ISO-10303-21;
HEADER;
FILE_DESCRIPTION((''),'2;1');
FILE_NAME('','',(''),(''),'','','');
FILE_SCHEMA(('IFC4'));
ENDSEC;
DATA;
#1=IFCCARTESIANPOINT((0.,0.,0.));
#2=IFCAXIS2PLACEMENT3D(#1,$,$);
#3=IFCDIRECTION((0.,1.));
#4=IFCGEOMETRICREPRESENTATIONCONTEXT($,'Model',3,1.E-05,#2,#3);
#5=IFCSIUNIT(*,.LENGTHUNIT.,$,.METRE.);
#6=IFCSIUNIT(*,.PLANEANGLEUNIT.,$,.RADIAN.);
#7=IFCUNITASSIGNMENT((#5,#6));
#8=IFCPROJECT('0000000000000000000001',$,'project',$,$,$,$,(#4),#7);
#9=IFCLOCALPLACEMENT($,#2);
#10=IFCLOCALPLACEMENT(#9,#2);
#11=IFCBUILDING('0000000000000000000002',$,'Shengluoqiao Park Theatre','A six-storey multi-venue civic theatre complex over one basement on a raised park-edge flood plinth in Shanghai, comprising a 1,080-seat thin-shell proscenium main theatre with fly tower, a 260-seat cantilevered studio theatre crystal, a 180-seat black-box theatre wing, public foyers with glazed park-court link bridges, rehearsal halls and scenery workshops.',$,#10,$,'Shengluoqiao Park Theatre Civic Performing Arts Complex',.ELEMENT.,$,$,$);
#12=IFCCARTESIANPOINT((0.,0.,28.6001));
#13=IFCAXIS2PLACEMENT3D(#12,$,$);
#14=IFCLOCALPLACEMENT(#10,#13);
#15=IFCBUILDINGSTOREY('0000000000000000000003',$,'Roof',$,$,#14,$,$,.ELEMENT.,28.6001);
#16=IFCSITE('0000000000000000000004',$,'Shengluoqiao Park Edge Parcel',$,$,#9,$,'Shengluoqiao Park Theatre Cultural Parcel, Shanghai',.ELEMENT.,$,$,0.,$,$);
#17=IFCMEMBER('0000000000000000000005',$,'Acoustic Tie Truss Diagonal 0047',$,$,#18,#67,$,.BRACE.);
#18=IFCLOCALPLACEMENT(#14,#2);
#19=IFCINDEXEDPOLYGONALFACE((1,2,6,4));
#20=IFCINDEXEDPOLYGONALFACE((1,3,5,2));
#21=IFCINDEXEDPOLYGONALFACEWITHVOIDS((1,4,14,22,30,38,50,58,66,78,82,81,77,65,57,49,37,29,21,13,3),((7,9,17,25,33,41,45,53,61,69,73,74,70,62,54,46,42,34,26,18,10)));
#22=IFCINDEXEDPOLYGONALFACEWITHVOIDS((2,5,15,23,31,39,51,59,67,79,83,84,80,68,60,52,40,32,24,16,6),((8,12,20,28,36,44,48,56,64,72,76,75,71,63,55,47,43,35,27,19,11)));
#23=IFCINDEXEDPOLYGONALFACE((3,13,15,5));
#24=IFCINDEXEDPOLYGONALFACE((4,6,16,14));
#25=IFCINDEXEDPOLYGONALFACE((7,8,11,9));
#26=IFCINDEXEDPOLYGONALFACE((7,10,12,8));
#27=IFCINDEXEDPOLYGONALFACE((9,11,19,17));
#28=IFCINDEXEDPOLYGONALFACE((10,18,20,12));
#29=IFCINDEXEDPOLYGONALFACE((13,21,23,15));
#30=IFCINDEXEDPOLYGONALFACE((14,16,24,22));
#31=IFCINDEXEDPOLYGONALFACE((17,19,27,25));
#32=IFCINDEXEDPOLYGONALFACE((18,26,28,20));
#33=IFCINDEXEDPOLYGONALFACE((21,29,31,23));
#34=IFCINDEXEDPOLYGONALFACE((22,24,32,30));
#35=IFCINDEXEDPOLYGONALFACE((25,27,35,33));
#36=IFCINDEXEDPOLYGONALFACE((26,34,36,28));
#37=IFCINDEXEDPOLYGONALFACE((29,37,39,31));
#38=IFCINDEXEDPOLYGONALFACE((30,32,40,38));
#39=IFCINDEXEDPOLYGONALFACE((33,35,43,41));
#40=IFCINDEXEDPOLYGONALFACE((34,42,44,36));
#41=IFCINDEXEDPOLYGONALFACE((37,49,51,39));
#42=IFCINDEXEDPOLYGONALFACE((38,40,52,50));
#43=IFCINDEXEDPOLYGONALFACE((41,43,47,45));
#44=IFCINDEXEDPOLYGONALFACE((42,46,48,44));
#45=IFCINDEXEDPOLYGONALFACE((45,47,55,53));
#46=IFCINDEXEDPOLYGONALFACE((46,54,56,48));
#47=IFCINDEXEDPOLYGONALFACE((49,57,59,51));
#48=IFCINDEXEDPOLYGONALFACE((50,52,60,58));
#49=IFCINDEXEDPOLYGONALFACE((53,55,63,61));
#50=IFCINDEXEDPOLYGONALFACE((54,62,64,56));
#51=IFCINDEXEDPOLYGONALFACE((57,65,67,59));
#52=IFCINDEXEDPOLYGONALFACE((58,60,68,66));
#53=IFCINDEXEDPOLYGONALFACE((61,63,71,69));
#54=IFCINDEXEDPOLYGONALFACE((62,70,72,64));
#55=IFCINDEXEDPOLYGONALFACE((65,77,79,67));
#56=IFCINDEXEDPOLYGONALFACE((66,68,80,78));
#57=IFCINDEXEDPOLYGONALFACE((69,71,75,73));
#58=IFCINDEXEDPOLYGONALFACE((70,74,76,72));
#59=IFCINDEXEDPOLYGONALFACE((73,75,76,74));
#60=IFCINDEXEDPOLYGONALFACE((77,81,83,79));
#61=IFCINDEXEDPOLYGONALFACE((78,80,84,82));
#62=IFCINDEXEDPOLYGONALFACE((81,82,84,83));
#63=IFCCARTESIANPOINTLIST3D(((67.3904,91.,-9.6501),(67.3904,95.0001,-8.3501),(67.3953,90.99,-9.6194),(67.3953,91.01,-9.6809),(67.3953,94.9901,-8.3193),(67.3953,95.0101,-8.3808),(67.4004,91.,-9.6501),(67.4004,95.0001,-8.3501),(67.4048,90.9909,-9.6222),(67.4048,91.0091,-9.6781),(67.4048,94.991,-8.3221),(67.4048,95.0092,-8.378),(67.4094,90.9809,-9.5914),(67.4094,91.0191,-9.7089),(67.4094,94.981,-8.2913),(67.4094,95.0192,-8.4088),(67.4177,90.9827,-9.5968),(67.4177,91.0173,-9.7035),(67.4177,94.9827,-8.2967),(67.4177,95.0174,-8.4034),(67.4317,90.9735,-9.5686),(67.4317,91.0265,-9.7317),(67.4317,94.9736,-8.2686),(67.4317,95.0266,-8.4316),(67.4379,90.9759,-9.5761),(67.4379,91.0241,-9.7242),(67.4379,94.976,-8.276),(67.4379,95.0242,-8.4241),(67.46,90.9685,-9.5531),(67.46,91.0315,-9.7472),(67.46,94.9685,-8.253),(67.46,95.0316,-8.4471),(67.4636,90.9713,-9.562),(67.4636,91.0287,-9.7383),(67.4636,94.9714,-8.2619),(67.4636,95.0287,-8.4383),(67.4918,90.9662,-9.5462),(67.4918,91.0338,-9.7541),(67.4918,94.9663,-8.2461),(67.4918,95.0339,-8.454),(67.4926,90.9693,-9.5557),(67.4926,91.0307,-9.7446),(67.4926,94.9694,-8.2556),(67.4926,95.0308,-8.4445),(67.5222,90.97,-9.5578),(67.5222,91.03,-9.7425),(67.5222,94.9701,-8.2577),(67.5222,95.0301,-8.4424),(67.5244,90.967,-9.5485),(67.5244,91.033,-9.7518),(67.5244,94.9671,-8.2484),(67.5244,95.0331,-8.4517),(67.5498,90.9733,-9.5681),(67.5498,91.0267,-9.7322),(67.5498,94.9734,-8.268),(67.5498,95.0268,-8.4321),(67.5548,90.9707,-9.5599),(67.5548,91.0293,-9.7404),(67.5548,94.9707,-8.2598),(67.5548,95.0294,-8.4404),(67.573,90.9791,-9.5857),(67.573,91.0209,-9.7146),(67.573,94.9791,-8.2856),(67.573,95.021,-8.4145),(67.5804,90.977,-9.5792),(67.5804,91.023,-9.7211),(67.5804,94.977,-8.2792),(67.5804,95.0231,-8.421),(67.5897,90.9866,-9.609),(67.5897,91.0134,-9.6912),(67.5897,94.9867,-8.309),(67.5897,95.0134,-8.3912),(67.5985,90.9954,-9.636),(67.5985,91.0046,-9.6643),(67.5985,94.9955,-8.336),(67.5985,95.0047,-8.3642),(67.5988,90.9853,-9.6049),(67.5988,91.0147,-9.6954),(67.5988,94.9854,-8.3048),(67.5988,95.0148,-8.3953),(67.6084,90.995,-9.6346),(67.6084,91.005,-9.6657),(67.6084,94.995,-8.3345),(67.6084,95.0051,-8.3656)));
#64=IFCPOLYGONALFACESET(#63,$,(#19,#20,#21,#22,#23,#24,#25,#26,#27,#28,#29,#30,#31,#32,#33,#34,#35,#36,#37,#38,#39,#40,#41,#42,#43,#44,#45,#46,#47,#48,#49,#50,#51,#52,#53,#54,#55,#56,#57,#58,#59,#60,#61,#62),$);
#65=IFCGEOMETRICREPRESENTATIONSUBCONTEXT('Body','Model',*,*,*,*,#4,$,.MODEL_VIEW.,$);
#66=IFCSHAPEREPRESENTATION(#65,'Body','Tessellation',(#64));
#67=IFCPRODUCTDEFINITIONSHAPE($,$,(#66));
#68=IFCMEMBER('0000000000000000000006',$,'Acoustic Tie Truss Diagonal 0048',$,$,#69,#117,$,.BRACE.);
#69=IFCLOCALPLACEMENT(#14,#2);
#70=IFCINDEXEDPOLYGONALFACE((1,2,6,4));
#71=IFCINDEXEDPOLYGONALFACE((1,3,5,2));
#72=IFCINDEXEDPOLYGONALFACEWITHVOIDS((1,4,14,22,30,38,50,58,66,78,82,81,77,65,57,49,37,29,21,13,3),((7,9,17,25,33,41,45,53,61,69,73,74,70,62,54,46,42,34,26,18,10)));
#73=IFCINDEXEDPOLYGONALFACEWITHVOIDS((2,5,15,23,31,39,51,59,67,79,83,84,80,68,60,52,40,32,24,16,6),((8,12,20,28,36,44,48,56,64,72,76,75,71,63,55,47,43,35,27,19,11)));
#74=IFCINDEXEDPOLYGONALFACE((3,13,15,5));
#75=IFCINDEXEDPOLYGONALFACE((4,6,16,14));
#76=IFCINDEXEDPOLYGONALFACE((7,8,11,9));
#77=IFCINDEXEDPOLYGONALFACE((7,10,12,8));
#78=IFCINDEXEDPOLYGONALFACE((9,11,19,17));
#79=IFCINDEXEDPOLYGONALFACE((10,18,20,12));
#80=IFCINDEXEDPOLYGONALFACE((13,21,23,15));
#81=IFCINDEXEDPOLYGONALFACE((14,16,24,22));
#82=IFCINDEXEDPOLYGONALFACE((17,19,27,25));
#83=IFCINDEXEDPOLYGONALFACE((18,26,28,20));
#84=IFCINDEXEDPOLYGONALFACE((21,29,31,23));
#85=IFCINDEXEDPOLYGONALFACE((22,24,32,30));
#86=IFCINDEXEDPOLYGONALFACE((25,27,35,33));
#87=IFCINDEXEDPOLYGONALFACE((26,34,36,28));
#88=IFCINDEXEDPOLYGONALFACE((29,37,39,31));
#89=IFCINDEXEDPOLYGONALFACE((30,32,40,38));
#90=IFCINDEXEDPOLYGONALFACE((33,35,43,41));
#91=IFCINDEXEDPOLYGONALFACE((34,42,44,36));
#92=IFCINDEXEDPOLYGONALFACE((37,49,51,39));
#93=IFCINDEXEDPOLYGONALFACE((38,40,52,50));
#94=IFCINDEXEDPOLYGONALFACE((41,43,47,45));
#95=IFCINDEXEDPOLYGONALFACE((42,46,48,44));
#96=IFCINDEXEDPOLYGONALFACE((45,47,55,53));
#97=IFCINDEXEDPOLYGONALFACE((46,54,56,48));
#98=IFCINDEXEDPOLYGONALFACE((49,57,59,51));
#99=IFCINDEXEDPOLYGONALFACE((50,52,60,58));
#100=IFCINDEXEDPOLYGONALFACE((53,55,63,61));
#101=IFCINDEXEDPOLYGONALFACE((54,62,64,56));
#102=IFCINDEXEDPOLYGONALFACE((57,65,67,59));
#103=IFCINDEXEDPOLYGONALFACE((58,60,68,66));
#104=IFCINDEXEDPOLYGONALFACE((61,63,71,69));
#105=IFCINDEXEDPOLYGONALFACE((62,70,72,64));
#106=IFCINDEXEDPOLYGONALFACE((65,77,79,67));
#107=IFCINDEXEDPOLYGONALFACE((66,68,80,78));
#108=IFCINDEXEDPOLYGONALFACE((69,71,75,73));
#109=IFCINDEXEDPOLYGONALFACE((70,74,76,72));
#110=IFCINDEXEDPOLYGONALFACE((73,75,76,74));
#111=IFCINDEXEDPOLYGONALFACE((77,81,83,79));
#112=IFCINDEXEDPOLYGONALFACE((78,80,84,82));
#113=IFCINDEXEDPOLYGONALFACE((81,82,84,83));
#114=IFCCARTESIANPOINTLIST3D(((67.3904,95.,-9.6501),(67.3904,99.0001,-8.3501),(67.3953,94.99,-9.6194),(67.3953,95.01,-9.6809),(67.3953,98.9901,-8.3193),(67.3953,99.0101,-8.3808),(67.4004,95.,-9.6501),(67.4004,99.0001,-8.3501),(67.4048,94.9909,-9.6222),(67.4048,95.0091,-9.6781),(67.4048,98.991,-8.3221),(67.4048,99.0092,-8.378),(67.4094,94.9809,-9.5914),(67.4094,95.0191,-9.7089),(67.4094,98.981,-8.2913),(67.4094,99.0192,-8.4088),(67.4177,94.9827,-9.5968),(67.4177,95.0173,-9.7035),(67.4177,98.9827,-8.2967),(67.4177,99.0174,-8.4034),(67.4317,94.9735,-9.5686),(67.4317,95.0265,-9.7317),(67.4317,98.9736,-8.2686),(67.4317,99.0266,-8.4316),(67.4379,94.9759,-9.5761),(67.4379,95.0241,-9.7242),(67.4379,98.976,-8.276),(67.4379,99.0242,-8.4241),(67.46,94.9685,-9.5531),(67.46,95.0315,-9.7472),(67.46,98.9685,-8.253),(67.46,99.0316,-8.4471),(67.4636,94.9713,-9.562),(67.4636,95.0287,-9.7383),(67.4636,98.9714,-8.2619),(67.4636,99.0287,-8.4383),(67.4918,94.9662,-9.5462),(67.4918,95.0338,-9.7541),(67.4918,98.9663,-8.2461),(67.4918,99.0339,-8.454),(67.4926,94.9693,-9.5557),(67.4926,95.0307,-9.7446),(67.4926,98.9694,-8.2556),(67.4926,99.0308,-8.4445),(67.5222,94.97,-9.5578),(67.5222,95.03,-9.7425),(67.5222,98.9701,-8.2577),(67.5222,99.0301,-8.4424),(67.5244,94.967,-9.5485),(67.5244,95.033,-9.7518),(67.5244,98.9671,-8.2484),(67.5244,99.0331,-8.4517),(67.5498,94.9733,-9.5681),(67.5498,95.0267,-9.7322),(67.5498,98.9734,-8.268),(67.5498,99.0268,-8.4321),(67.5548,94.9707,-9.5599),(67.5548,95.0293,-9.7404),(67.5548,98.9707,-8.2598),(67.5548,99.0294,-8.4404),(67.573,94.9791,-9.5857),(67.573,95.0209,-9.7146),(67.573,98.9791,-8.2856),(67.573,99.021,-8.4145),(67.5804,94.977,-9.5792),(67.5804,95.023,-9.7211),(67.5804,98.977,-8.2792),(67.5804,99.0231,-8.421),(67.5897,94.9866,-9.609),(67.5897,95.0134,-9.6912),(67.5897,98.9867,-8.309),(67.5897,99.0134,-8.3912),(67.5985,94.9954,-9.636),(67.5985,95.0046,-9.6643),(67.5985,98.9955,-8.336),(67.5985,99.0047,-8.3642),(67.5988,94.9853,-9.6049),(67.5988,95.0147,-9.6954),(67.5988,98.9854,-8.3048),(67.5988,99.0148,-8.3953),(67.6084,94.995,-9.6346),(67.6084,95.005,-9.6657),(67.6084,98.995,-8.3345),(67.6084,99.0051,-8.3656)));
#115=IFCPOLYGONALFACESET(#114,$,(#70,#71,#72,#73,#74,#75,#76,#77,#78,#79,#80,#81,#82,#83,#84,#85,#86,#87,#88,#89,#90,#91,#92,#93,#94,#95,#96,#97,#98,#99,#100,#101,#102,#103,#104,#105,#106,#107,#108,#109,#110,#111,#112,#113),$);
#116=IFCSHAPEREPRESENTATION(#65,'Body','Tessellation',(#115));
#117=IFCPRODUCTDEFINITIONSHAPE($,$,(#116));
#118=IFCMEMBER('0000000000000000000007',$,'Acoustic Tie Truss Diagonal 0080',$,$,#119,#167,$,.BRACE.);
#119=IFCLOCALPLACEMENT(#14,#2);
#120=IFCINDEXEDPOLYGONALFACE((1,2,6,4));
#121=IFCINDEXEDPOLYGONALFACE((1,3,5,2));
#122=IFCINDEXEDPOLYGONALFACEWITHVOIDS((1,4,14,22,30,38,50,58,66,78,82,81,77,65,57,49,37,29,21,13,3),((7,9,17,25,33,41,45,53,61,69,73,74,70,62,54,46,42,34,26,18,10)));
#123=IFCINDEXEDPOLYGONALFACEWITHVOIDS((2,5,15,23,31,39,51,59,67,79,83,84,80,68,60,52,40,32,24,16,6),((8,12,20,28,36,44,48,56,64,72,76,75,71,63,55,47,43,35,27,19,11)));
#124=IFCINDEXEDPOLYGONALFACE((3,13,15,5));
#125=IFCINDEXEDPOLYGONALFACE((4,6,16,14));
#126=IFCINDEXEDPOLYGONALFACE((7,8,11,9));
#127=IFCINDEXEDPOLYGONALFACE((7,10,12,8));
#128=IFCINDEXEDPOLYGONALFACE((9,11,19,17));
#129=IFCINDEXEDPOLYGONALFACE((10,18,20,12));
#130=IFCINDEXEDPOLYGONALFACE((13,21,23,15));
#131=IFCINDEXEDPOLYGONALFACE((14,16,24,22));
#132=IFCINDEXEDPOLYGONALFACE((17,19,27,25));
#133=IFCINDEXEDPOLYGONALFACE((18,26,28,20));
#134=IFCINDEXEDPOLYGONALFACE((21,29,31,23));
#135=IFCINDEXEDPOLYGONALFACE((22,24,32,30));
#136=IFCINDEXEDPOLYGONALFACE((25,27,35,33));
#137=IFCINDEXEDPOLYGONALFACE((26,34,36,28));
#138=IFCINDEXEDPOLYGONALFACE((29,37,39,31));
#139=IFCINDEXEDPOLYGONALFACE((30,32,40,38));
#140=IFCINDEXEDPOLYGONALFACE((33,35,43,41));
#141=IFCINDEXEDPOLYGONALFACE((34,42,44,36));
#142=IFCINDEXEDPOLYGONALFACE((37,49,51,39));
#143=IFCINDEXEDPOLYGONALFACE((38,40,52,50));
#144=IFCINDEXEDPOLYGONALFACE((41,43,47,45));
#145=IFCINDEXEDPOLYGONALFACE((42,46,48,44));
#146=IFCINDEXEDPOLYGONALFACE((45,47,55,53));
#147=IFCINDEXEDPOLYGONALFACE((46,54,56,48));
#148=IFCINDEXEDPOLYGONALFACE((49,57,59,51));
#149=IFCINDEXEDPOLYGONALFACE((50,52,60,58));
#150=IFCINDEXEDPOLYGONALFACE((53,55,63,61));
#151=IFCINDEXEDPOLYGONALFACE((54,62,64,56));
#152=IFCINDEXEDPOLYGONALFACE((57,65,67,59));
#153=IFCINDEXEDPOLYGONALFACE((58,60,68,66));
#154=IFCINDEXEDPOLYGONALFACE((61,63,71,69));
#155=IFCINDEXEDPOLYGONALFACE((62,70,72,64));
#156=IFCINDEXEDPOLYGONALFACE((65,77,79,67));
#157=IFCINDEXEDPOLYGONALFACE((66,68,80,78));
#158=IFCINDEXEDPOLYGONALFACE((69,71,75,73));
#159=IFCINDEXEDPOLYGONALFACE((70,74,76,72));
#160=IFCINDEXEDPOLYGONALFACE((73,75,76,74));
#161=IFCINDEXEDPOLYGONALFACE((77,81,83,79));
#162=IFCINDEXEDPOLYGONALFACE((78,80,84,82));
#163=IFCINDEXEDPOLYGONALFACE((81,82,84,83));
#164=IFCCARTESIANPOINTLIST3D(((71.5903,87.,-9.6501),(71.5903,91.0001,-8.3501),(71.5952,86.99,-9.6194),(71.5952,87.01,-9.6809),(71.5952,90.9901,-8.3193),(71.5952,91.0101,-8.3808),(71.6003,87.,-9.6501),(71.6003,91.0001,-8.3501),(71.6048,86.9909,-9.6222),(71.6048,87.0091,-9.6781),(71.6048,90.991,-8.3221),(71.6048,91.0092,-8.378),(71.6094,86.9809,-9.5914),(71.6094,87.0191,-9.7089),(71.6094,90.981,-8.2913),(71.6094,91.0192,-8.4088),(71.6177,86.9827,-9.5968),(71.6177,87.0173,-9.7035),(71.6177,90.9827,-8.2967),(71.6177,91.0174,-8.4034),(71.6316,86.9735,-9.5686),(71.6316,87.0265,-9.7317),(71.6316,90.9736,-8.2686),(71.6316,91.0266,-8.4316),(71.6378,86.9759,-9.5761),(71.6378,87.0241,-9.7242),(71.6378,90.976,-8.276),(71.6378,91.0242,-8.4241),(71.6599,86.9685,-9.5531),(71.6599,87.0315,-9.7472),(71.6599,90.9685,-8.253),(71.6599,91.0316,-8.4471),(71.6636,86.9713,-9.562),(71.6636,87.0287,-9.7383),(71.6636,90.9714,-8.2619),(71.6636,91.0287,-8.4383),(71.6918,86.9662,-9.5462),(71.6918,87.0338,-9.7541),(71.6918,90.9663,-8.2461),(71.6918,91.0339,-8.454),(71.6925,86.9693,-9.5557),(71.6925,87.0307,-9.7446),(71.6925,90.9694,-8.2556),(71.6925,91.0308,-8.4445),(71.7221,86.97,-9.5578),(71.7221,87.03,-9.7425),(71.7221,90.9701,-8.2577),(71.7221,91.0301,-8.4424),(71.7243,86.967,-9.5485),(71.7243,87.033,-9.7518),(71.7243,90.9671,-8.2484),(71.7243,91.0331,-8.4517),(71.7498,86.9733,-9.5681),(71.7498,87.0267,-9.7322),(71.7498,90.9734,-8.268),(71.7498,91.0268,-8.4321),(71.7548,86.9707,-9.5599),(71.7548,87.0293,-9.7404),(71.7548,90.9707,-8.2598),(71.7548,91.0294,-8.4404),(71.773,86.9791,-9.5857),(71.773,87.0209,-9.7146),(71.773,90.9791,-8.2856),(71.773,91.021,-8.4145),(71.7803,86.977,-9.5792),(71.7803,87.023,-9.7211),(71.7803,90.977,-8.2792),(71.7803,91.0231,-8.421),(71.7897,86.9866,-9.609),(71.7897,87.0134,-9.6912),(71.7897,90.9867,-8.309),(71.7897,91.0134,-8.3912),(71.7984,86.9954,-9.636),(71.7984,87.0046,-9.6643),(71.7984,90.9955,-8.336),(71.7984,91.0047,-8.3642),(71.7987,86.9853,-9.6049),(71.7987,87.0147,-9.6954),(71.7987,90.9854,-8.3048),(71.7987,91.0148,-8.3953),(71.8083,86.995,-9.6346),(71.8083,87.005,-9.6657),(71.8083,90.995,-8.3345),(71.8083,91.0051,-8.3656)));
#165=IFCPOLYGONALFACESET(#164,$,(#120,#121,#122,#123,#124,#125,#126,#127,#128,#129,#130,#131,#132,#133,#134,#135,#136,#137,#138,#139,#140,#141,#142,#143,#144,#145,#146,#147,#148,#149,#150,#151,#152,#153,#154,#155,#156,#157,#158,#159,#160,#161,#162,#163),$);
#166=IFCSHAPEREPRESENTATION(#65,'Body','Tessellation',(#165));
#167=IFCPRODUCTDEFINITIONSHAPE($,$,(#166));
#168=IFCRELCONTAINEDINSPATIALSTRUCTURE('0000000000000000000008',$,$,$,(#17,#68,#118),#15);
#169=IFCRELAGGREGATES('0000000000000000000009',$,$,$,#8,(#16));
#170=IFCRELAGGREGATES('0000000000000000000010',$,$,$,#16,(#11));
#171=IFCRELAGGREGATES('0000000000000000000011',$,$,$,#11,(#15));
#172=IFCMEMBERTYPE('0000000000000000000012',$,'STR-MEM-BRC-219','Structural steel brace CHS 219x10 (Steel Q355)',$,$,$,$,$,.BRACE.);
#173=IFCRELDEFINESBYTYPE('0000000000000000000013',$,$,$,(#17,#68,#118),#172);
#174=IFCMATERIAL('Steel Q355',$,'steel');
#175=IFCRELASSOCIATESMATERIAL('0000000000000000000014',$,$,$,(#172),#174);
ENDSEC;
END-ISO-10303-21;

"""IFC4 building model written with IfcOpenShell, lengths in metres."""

from ifc_helpers import new_model, si_unit, direction, frame, origin, origin_2d, place, context, subcontext, project, spatial, hollow_circle, extrude, material, material_profile, profile_set, type_object, element, save


model = new_model("IFC4")

# Units and contexts
model_context = context("Model", 3, precision=1e-05, world=origin(), true_north=direction((0.0, 1.0)))
body_context = subcontext(model_context, "Body", "Model", "MODEL_VIEW")
ifc_project = project(units=[si_unit("LENGTHUNIT", "METRE"), si_unit("PLANEANGLEUNIT", "RADIAN")], contexts=[model_context])

# Site, building, storey
site_placement = place(None, origin())
site = spatial("IfcSite", under=ifc_project, at=site_placement, Name="Shengluoqiao Park Edge Parcel", LongName="Shengluoqiao Park Theatre Cultural Parcel, Shanghai", CompositionType="ELEMENT", RefElevation=0.0)
building_placement = place(site_placement, origin())
building = spatial("IfcBuilding", under=site, at=building_placement, Name="Shengluoqiao Park Theatre", Description="A six-storey multi-venue civic theatre complex over one basement on a raised park-edge flood plinth in Shanghai, comprising a 1,080-seat thin-shell proscenium main theatre with fly tower, a 260-seat cantilevered studio theatre crystal, a 180-seat black-box theatre wing, public foyers with glazed park-court link bridges, rehearsal halls and scenery workshops.", LongName="Shengluoqiao Park Theatre Civic Performing Arts Complex", CompositionType="ELEMENT")
storey_placement = place(building_placement, frame((0.0, 0.0, 28.6001)))
storey = spatial("IfcBuildingStorey", under=building, at=storey_placement, Name="Roof", CompositionType="ELEMENT", Elevation=28.6001)

# Shared definitions
ifc_material = material(Name="Steel Q355", Category="steel")

# Members
ifc_material_profile_1 = material_profile(ifc_material, hollow_circle(Radius=0.1096, WallThickness=0.01, at=origin_2d()), Name="CHS 219x10")
ifc_profile_set_1 = profile_set([ifc_material_profile_1], Name="Steel Q355")
member_type_1 = type_object("IfcMemberType", Name="STR-MEM-BRC-219", Description="Structural steel brace CHS 219x10 (Steel Q355)", PredefinedType="BRACE", material=ifc_profile_set_1)
for number, where, z_axis, x_axis, name in (
    (1, (67.5, 91.0, -9.6501), (0.0, 0.951031, 0.309097), (-1.0, 0.0, 0.0), "Acoustic Tie Truss Diagonal 0047"),
    (2, (67.5, 95.0, -9.6501), (0.0, 0.951031, 0.309097), (-1.0, 0.0, 0.0), "Acoustic Tie Truss Diagonal 0048"),
    (3, (71.7, 87.0, -9.6501), (0.0, 0.951031, 0.309097), (-1.0, 0.0, 0.0), "Acoustic Tie Truss Diagonal 0080"),
):
    element("IfcMember", number, at=place(storey_placement, frame(where, z_axis=z_axis, x_axis=x_axis)), inside=storey, type_object=member_type_1, Name=name, PredefinedType="BRACE", context=body_context, shape_type="SweptSolid", body=[
        extrude(hollow_circle(Radius=0.1096, WallThickness=0.01, at=origin_2d()), origin(), (0.0, 0.0, 1.0), 4.2061),
    ])

save(model, "model.ifc")
